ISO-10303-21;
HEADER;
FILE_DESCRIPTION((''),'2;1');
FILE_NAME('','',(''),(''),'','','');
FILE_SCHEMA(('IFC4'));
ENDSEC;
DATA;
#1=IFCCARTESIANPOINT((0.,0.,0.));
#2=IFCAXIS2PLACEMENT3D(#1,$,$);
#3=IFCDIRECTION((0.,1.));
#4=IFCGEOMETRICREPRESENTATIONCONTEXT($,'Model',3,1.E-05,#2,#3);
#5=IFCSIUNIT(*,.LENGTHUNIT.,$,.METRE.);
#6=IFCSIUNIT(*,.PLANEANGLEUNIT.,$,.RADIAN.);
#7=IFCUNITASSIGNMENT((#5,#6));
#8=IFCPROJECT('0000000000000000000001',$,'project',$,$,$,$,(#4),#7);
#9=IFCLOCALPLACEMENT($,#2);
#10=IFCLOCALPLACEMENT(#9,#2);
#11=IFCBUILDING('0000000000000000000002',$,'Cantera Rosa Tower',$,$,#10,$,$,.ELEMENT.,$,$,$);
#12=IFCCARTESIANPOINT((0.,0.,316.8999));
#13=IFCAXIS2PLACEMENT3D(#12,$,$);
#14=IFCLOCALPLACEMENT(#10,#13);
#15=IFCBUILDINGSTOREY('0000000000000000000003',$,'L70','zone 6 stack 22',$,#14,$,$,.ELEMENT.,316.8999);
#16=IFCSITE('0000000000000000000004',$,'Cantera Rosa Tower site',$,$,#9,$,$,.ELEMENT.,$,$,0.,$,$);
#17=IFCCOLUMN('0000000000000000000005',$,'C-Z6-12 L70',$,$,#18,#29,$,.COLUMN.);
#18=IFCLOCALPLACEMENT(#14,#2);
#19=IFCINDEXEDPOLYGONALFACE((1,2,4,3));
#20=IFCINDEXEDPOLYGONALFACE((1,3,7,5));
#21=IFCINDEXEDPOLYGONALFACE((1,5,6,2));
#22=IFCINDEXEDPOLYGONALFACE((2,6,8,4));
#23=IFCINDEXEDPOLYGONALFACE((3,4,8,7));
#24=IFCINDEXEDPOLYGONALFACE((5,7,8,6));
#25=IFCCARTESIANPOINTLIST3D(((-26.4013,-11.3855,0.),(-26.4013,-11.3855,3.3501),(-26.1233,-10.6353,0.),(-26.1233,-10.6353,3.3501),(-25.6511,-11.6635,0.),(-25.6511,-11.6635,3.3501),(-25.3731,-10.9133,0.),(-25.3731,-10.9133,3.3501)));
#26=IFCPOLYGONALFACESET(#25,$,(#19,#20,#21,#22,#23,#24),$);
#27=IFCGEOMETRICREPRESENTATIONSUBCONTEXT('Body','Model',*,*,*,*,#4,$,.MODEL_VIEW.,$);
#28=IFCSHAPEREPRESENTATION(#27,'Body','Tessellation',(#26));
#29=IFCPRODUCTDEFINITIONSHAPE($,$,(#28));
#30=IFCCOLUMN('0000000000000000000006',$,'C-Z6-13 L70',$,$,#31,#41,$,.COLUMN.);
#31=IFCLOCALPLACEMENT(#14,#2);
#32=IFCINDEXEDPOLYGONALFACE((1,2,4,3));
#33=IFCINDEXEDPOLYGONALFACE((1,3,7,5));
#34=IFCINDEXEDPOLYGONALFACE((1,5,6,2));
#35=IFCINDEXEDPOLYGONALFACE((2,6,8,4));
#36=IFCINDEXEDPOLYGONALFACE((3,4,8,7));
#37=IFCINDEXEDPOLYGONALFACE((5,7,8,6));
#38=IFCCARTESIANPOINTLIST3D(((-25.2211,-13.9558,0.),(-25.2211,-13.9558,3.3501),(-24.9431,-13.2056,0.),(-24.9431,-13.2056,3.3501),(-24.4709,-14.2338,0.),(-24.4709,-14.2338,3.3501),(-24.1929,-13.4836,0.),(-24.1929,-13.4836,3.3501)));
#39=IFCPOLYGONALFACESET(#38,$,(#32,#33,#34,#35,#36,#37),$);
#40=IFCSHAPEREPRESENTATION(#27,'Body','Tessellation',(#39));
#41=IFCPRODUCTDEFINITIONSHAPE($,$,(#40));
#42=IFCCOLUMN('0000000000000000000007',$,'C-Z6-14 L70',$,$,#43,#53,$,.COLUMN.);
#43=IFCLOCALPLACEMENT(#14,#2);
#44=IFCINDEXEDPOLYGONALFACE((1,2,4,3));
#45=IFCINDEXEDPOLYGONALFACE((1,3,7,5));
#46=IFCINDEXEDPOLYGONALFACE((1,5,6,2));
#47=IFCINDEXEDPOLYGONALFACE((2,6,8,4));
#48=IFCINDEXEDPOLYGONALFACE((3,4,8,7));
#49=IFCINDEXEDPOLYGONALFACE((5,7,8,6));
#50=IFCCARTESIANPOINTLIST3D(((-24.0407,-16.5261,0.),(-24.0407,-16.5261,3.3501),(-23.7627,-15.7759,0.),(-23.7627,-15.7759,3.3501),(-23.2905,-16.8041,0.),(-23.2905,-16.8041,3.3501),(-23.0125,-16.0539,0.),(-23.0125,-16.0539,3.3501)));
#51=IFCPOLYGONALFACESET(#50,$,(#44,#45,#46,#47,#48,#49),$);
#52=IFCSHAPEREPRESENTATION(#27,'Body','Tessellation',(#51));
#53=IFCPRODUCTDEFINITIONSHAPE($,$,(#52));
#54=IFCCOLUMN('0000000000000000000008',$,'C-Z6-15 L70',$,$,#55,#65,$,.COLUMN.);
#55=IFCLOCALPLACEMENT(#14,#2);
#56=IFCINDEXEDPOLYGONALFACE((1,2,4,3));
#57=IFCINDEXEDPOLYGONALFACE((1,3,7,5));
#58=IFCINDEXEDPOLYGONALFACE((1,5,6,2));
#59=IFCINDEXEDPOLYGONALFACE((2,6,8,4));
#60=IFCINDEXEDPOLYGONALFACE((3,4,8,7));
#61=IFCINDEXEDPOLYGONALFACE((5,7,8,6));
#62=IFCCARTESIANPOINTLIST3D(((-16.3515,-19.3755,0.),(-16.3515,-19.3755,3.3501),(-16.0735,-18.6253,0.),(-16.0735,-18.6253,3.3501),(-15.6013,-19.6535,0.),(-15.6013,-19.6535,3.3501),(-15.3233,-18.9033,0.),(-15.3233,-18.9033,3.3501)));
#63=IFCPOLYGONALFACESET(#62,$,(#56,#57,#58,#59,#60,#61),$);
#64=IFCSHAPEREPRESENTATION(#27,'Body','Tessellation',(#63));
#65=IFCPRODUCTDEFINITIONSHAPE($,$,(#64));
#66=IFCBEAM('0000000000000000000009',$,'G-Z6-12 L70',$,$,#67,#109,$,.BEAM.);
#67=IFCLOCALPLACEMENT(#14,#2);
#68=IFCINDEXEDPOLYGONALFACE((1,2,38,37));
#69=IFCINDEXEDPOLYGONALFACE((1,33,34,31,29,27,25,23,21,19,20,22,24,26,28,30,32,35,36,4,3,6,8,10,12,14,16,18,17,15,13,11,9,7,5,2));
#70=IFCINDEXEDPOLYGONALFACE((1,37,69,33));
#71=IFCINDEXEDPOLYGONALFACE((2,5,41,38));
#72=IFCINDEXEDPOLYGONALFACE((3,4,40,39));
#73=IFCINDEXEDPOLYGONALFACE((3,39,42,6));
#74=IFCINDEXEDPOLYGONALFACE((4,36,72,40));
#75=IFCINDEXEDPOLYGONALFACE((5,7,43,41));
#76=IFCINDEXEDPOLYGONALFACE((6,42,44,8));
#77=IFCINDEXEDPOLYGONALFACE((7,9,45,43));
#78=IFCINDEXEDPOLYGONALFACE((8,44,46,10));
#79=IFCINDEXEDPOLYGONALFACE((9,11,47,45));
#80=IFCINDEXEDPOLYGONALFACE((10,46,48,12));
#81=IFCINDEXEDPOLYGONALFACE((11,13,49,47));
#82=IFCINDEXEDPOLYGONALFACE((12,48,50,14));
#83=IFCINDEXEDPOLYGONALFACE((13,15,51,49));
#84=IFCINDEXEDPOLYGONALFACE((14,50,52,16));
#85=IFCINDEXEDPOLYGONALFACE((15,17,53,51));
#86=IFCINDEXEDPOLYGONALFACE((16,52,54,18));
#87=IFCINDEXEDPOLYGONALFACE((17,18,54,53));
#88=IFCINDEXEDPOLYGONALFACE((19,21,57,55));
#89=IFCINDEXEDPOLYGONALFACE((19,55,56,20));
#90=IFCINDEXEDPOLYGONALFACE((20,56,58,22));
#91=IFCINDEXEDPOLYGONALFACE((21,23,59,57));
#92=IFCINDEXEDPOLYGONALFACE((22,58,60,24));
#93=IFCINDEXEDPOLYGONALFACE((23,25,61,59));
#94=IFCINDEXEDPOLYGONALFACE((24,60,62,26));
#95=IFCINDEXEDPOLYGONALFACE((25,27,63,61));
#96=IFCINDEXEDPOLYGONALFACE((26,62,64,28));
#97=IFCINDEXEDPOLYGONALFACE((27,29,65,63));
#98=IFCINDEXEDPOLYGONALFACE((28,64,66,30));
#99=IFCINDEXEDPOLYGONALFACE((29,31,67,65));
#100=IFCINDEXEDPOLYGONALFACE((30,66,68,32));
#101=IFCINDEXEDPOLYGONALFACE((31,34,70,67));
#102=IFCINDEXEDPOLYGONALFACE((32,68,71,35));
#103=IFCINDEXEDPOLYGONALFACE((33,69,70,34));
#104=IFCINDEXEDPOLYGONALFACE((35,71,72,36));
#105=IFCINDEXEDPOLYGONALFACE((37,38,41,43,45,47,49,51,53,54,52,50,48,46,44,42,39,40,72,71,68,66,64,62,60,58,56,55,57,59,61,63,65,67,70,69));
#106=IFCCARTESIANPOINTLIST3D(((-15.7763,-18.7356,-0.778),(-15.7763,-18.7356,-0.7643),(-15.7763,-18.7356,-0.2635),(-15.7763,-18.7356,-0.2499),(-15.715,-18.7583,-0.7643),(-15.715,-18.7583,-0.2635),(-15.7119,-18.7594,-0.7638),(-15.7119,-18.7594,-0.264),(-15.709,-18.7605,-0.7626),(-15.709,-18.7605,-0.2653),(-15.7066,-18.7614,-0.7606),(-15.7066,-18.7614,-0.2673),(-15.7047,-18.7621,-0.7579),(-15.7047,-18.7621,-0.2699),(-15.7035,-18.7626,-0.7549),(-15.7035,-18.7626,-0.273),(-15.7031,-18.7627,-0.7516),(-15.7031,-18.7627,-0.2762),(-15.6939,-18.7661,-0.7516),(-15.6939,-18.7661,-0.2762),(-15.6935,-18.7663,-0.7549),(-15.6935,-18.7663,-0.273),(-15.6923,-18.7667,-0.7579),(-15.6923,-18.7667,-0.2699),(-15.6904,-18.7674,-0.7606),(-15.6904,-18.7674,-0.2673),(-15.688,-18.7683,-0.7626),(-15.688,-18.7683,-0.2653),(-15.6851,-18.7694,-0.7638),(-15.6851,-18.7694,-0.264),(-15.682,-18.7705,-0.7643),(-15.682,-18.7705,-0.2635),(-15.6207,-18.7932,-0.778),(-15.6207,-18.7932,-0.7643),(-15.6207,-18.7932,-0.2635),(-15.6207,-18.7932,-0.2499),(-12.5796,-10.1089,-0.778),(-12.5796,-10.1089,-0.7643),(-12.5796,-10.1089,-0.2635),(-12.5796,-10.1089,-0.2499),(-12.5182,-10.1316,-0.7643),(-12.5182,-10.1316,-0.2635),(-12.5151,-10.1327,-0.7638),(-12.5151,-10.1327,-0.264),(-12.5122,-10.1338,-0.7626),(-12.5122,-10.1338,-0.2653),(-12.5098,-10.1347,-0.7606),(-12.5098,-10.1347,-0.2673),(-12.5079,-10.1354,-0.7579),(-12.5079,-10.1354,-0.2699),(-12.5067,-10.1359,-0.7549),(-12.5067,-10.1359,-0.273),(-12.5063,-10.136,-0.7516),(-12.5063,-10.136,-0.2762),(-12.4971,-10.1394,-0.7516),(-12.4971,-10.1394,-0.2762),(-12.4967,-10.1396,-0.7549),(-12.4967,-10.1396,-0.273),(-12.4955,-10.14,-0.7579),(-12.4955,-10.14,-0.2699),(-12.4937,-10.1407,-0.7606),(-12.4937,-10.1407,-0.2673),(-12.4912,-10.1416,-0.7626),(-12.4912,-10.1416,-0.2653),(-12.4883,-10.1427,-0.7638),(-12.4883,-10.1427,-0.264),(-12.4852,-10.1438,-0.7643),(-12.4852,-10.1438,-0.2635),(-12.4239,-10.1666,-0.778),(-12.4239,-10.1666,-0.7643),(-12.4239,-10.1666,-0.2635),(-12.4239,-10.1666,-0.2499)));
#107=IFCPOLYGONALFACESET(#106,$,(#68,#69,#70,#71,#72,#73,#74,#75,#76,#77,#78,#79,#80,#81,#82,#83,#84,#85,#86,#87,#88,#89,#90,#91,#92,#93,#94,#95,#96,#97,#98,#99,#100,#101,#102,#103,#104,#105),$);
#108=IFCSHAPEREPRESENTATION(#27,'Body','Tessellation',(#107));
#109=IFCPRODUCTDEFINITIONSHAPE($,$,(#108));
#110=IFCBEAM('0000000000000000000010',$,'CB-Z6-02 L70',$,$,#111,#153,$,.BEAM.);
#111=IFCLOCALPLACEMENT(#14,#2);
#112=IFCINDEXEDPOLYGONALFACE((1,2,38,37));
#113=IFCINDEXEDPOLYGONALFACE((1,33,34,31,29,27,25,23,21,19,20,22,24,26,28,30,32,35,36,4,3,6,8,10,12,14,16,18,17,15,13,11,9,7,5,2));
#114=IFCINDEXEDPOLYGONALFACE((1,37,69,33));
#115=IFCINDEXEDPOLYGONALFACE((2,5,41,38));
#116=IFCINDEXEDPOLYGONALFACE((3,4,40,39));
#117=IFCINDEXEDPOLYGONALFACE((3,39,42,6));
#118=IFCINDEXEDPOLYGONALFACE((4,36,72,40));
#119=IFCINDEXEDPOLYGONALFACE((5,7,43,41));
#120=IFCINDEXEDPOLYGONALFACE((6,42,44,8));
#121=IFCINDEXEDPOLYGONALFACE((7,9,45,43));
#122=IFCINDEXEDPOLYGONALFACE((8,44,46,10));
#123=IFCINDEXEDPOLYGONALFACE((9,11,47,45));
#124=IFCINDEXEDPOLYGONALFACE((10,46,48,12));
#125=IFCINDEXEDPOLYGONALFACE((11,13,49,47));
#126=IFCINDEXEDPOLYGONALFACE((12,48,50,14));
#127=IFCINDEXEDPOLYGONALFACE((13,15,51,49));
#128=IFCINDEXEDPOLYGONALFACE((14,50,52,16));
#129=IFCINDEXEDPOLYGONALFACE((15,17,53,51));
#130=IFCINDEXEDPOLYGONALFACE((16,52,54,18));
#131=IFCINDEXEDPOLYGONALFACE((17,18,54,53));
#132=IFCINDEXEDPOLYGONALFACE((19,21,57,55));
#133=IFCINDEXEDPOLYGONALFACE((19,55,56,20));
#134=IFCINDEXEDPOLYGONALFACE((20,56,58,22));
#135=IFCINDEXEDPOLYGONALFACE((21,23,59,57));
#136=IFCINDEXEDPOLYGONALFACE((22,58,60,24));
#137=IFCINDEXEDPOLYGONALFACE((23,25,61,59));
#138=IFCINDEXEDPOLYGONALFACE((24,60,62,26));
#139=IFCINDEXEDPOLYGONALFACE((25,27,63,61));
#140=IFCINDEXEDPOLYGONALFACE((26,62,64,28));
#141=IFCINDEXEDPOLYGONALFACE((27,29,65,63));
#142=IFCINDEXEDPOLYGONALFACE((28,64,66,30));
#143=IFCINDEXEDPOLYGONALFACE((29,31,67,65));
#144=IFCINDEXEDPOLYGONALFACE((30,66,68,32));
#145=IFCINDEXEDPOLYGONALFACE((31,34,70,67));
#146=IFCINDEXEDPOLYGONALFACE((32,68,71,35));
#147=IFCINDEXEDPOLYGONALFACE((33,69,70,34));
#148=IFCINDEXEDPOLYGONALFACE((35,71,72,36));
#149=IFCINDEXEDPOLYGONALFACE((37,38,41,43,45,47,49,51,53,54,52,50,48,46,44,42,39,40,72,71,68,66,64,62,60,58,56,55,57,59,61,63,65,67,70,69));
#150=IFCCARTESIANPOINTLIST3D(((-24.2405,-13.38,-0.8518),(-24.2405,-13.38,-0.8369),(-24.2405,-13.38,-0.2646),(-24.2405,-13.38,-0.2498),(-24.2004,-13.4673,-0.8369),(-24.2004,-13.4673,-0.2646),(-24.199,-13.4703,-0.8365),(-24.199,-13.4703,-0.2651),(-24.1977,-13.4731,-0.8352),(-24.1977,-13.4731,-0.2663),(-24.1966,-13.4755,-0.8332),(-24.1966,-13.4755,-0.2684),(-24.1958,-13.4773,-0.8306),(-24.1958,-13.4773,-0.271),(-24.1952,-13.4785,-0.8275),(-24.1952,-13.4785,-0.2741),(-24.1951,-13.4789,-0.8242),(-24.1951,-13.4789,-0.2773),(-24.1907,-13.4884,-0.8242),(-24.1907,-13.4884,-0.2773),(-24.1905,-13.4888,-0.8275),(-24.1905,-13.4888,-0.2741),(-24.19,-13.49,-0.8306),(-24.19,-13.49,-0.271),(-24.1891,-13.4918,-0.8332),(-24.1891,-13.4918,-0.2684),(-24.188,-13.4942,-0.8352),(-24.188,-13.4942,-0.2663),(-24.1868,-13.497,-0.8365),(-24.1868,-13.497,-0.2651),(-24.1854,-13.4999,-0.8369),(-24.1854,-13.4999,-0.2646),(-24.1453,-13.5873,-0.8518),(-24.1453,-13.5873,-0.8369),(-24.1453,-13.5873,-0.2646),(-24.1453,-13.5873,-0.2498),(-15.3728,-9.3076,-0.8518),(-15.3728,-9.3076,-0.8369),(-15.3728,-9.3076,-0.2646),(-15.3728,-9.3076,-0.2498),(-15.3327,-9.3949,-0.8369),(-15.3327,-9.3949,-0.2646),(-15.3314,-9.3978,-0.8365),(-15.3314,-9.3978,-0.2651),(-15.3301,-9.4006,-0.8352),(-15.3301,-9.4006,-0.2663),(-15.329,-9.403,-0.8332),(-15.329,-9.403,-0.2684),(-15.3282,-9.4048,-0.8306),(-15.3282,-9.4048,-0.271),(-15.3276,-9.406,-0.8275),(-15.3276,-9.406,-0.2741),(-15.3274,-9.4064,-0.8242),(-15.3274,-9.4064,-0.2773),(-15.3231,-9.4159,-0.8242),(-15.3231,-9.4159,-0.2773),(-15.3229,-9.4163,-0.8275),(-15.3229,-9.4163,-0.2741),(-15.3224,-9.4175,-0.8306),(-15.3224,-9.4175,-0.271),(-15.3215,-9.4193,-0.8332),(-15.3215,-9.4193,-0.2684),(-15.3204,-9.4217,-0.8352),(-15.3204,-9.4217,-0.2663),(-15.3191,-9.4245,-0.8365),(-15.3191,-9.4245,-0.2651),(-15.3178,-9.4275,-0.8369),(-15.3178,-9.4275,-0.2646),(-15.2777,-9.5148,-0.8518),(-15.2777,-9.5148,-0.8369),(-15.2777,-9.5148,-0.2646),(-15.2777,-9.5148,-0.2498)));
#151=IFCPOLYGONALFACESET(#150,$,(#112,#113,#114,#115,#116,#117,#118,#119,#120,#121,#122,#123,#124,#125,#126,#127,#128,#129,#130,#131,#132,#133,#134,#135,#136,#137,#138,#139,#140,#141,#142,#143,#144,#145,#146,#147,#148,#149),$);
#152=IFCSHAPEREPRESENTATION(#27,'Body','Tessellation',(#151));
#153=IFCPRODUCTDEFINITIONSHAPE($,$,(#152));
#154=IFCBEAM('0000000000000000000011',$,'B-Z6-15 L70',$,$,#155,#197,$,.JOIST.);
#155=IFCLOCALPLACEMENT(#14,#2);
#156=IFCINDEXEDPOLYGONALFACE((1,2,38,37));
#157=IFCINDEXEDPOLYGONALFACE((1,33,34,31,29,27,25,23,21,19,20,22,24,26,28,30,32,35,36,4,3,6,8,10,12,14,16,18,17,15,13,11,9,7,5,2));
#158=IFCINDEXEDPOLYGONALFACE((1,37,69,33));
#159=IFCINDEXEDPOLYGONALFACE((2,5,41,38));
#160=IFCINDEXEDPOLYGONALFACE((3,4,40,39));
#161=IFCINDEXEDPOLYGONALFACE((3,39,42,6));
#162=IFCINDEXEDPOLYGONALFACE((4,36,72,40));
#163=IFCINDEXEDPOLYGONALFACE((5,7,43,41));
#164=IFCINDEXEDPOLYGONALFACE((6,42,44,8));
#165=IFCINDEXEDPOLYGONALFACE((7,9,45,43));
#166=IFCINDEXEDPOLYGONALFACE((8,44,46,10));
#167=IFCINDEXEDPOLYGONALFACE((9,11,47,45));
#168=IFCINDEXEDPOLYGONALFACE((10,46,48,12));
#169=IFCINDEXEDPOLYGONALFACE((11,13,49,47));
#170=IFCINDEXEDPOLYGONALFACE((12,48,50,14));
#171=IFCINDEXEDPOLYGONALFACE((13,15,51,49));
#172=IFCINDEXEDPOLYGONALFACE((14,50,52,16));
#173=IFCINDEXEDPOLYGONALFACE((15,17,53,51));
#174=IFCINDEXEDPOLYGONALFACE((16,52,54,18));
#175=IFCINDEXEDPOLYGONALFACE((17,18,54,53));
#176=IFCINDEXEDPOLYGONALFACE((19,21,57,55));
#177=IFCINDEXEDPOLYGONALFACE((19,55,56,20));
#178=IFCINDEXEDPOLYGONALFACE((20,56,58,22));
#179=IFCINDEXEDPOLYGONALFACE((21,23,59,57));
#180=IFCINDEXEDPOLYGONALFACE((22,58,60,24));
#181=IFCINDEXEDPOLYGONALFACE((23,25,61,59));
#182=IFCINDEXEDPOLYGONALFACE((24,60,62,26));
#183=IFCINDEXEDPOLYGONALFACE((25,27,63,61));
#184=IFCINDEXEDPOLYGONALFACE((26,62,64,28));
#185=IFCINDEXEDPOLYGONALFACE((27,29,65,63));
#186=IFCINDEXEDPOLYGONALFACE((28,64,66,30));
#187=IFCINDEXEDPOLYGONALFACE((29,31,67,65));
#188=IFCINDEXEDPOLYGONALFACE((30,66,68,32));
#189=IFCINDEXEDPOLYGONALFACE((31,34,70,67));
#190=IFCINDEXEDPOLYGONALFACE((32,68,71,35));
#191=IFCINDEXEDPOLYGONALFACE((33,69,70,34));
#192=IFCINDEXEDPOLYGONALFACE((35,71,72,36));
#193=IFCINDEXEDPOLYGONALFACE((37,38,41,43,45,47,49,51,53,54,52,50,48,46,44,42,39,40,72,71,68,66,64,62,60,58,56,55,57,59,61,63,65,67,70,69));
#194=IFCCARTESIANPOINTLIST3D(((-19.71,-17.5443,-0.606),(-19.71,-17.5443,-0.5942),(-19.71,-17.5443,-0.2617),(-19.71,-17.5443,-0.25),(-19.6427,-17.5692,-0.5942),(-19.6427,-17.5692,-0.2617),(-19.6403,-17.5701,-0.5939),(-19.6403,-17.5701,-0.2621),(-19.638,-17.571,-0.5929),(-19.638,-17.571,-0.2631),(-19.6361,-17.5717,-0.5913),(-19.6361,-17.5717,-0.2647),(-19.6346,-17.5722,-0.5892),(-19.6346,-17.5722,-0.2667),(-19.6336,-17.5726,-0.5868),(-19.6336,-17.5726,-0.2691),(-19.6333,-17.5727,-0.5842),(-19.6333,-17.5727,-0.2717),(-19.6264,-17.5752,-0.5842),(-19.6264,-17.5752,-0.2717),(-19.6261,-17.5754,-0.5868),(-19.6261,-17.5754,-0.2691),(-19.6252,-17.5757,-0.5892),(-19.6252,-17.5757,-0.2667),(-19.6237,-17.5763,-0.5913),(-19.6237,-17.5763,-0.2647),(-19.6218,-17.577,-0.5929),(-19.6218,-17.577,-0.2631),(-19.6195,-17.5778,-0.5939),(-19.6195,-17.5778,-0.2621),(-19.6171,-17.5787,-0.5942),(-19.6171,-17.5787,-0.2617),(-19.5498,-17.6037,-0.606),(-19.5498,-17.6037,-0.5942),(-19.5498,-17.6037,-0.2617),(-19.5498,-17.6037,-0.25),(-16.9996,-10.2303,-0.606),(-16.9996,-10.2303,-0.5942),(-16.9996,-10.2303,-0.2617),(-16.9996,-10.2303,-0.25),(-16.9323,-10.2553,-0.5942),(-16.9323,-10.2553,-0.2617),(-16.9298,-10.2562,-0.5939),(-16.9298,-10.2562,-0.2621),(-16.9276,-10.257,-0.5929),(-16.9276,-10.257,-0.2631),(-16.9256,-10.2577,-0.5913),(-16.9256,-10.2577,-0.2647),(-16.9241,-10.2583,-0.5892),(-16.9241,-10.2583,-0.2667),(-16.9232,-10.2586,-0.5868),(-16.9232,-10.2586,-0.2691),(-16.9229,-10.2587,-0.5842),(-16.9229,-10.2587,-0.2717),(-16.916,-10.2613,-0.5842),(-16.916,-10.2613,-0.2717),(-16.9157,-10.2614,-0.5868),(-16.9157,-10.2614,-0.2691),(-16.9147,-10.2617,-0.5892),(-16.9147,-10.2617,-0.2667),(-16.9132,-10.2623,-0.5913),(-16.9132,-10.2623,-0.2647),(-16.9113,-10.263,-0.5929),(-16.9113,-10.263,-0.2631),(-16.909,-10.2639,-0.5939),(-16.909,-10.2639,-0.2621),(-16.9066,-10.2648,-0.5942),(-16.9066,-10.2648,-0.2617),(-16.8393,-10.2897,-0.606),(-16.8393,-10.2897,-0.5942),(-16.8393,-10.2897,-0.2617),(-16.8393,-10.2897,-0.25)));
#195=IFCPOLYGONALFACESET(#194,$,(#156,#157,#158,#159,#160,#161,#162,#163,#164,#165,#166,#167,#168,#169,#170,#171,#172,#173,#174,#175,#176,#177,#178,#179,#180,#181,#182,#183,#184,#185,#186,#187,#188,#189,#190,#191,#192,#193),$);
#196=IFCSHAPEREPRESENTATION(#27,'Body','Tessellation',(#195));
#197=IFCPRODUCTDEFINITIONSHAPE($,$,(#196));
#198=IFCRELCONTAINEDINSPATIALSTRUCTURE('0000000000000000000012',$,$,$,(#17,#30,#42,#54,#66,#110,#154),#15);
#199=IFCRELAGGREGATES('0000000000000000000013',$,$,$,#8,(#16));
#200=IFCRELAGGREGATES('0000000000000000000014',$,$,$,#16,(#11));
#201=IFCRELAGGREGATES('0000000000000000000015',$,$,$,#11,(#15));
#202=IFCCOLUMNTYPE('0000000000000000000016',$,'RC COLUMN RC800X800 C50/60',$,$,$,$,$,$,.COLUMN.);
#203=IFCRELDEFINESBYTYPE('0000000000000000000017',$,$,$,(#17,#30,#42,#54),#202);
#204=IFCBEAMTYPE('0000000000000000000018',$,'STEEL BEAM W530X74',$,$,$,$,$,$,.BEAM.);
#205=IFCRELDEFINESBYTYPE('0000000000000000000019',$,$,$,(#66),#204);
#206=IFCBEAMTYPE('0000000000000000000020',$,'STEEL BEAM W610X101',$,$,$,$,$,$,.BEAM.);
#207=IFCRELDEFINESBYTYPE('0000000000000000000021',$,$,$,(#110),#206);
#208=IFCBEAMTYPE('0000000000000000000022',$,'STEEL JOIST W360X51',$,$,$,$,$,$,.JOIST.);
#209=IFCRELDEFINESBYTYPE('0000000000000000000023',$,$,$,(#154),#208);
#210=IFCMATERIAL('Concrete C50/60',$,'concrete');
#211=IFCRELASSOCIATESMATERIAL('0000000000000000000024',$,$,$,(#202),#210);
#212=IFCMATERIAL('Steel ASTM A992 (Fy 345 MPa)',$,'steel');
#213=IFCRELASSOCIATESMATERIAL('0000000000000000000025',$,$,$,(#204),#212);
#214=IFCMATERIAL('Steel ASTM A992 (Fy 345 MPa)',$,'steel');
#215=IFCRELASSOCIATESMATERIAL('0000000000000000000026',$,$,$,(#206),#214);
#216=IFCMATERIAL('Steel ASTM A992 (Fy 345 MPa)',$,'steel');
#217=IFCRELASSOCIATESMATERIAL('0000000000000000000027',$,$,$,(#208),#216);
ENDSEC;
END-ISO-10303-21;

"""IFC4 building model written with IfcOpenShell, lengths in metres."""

from ifc_helpers import new_model, si_unit, direction, frame, origin, origin_2d, place, context, subcontext, project, spatial, rectangle, i_section, extrude, material, material_profile, profile_set, type_object, element, save


model = new_model("IFC4")

# Units and contexts
model_context = context("Model", 3, precision=1e-05, world=origin(), true_north=direction((0.0, 1.0)))
body_context = subcontext(model_context, "Body", "Model", "MODEL_VIEW")
ifc_project = project(units=[si_unit("LENGTHUNIT", "METRE"), si_unit("PLANEANGLEUNIT", "RADIAN")], contexts=[model_context])

# Site, building, storey
site_placement = place(None, origin())
site = spatial("IfcSite", under=ifc_project, at=site_placement, Name="Cantera Rosa Tower site", CompositionType="ELEMENT", RefElevation=0.0)
building_placement = place(site_placement, origin())
building = spatial("IfcBuilding", under=site, at=building_placement, Name="Cantera Rosa Tower", CompositionType="ELEMENT")
storey_placement = place(building_placement, frame((0.0, 0.0, 316.8999)))
storey = spatial("IfcBuildingStorey", under=building, at=storey_placement, Name="L70", Description="zone 6 stack 22", CompositionType="ELEMENT", Elevation=316.8999)

# Columns
ifc_material_1 = material(Name="Concrete C50/60", Category="concrete")
ifc_material_profile_1 = material_profile(ifc_material_1, rectangle(XDim=0.8, YDim=0.8, at=origin_2d()), Name="RC COLUMN RC800X800 C50/60")
ifc_profile_set_1 = profile_set([ifc_material_profile_1], Name="Concrete C50/60")
column_type = type_object("IfcColumnType", Name="RC COLUMN RC800X800 C50/60", PredefinedType="COLUMN", material=ifc_profile_set_1)
for number, where, z_axis, x_axis, name in (
    (1, (-25.8872, -11.1494, 0.0), (0.0, 0.0, 1.0), (0.347481, 0.937687, 0.0), "C-Z6-12 L70"),
    (2, (-24.707, -13.7197, 0.0), (0.0, 0.0, 1.0), (0.347481, 0.937687, 0.0), "C-Z6-13 L70"),
    (3, (-23.5266, -16.29, 0.0), (0.0, 0.0, 1.0), (0.347481, 0.937687, 0.0), "C-Z6-14 L70"),
    (4, (-15.8374, -19.1394, 0.0), (0.0, 0.0, 1.0), (0.347481, 0.937687, 0.0), "C-Z6-15 L70"),
):
    element("IfcColumn", number, at=place(storey_placement, frame(where, z_axis=z_axis, x_axis=x_axis)), inside=storey, type_object=column_type, Name=name, PredefinedType="COLUMN", context=body_context, shape_type="SweptSolid", body=[
        extrude(rectangle(XDim=0.8, YDim=0.8, at=origin_2d()), origin(), (0.0, 0.0, 1.0), 3.3501),
    ])

# Beams
ifc_material_2 = material(Name="Steel ASTM A992 (Fy 345 MPa)", Category="steel")
ifc_material_profile_2 = material_profile(ifc_material_2, i_section(OverallWidth=0.166, OverallDepth=0.5281, WebThickness=0.0098, FlangeThickness=0.0137, FilletRadius=0.0127, at=origin_2d()), Name="W530X74")
ifc_profile_set_2 = profile_set([ifc_material_profile_2], Name="Steel ASTM A992 (Fy 345 MPa)")
beam_type_1 = type_object("IfcBeamType", Name="STEEL BEAM W530X74", PredefinedType="BEAM", material=ifc_profile_set_2)
beam_1_placement = place(storey_placement, frame((-15.6985, -18.7644, -0.5139), z_axis=(0.347477, 0.937689, 0.0), x_axis=(-0.937689, 0.347477, 0.0)))
element("IfcBeam", 5, at=beam_1_placement, inside=storey, type_object=beam_type_1, Name="G-Z6-12 L70", PredefinedType="BEAM", context=body_context, shape_type="SweptSolid", body=[
    extrude(i_section(OverallWidth=0.166, OverallDepth=0.5281, WebThickness=0.0098, FlangeThickness=0.0137, FilletRadius=0.0127, at=origin_2d()), origin(), (0.0, 0.0, 1.0), 9.2),
])
ifc_material_3 = material(Name="Steel ASTM A992 (Fy 345 MPa)", Category="steel")
ifc_material_profile_3 = material_profile(ifc_material_3, i_section(OverallWidth=0.228, OverallDepth=0.6021, WebThickness=0.0105, FlangeThickness=0.0149, FilletRadius=0.0127, at=origin_2d()), Name="W610X101")
ifc_profile_set_3 = profile_set([ifc_material_profile_3], Name="Steel ASTM A992 (Fy 345 MPa)")
beam_type_2 = type_object("IfcBeamType", Name="STEEL BEAM W610X101", PredefinedType="BEAM", material=ifc_profile_set_3)
beam_2_placement = place(storey_placement, frame((-24.1929, -13.4836, -0.5508), z_axis=(0.908748, 0.417346, 0.0), x_axis=(-0.417346, 0.908748, 0.0)))
element("IfcBeam", 6, at=beam_2_placement, inside=storey, type_object=beam_type_2, Name="CB-Z6-02 L70", PredefinedType="BEAM", context=body_context, shape_type="SweptSolid", body=[
    extrude(i_section(OverallWidth=0.228, OverallDepth=0.6021, WebThickness=0.0105, FlangeThickness=0.0149, FilletRadius=0.0127, at=origin_2d()), origin(), (0.0, 0.0, 1.0), 9.7581),
])
ifc_material_4 = material(Name="Steel ASTM A992 (Fy 345 MPa)", Category="steel")
ifc_material_profile_4 = material_profile(ifc_material_4, i_section(OverallWidth=0.1709, OverallDepth=0.356, WebThickness=0.0073, FlangeThickness=0.0117, FilletRadius=0.01, at=origin_2d()), Name="W360X51")
ifc_profile_set_4 = profile_set([ifc_material_profile_4], Name="Steel ASTM A992 (Fy 345 MPa)")
beam_type_3 = type_object("IfcBeamType", Name="STEEL JOIST W360X51", PredefinedType="JOIST", material=ifc_profile_set_4)
beam_3_placement = place(storey_placement, frame((-19.6299, -17.574, -0.428), z_axis=(0.347492, 0.937683, 0.0), x_axis=(-0.937683, 0.347492, 0.0)))
element("IfcBeam", 7, at=beam_3_placement, inside=storey, type_object=beam_type_3, Name="B-Z6-15 L70", PredefinedType="JOIST", context=body_context, shape_type="SweptSolid", body=[
    extrude(i_section(OverallWidth=0.1709, OverallDepth=0.356, WebThickness=0.0073, FlangeThickness=0.0117, FilletRadius=0.01, at=origin_2d()), origin(), (0.0, 0.0, 1.0), 7.8),
])

save(model, "model.ifc")
